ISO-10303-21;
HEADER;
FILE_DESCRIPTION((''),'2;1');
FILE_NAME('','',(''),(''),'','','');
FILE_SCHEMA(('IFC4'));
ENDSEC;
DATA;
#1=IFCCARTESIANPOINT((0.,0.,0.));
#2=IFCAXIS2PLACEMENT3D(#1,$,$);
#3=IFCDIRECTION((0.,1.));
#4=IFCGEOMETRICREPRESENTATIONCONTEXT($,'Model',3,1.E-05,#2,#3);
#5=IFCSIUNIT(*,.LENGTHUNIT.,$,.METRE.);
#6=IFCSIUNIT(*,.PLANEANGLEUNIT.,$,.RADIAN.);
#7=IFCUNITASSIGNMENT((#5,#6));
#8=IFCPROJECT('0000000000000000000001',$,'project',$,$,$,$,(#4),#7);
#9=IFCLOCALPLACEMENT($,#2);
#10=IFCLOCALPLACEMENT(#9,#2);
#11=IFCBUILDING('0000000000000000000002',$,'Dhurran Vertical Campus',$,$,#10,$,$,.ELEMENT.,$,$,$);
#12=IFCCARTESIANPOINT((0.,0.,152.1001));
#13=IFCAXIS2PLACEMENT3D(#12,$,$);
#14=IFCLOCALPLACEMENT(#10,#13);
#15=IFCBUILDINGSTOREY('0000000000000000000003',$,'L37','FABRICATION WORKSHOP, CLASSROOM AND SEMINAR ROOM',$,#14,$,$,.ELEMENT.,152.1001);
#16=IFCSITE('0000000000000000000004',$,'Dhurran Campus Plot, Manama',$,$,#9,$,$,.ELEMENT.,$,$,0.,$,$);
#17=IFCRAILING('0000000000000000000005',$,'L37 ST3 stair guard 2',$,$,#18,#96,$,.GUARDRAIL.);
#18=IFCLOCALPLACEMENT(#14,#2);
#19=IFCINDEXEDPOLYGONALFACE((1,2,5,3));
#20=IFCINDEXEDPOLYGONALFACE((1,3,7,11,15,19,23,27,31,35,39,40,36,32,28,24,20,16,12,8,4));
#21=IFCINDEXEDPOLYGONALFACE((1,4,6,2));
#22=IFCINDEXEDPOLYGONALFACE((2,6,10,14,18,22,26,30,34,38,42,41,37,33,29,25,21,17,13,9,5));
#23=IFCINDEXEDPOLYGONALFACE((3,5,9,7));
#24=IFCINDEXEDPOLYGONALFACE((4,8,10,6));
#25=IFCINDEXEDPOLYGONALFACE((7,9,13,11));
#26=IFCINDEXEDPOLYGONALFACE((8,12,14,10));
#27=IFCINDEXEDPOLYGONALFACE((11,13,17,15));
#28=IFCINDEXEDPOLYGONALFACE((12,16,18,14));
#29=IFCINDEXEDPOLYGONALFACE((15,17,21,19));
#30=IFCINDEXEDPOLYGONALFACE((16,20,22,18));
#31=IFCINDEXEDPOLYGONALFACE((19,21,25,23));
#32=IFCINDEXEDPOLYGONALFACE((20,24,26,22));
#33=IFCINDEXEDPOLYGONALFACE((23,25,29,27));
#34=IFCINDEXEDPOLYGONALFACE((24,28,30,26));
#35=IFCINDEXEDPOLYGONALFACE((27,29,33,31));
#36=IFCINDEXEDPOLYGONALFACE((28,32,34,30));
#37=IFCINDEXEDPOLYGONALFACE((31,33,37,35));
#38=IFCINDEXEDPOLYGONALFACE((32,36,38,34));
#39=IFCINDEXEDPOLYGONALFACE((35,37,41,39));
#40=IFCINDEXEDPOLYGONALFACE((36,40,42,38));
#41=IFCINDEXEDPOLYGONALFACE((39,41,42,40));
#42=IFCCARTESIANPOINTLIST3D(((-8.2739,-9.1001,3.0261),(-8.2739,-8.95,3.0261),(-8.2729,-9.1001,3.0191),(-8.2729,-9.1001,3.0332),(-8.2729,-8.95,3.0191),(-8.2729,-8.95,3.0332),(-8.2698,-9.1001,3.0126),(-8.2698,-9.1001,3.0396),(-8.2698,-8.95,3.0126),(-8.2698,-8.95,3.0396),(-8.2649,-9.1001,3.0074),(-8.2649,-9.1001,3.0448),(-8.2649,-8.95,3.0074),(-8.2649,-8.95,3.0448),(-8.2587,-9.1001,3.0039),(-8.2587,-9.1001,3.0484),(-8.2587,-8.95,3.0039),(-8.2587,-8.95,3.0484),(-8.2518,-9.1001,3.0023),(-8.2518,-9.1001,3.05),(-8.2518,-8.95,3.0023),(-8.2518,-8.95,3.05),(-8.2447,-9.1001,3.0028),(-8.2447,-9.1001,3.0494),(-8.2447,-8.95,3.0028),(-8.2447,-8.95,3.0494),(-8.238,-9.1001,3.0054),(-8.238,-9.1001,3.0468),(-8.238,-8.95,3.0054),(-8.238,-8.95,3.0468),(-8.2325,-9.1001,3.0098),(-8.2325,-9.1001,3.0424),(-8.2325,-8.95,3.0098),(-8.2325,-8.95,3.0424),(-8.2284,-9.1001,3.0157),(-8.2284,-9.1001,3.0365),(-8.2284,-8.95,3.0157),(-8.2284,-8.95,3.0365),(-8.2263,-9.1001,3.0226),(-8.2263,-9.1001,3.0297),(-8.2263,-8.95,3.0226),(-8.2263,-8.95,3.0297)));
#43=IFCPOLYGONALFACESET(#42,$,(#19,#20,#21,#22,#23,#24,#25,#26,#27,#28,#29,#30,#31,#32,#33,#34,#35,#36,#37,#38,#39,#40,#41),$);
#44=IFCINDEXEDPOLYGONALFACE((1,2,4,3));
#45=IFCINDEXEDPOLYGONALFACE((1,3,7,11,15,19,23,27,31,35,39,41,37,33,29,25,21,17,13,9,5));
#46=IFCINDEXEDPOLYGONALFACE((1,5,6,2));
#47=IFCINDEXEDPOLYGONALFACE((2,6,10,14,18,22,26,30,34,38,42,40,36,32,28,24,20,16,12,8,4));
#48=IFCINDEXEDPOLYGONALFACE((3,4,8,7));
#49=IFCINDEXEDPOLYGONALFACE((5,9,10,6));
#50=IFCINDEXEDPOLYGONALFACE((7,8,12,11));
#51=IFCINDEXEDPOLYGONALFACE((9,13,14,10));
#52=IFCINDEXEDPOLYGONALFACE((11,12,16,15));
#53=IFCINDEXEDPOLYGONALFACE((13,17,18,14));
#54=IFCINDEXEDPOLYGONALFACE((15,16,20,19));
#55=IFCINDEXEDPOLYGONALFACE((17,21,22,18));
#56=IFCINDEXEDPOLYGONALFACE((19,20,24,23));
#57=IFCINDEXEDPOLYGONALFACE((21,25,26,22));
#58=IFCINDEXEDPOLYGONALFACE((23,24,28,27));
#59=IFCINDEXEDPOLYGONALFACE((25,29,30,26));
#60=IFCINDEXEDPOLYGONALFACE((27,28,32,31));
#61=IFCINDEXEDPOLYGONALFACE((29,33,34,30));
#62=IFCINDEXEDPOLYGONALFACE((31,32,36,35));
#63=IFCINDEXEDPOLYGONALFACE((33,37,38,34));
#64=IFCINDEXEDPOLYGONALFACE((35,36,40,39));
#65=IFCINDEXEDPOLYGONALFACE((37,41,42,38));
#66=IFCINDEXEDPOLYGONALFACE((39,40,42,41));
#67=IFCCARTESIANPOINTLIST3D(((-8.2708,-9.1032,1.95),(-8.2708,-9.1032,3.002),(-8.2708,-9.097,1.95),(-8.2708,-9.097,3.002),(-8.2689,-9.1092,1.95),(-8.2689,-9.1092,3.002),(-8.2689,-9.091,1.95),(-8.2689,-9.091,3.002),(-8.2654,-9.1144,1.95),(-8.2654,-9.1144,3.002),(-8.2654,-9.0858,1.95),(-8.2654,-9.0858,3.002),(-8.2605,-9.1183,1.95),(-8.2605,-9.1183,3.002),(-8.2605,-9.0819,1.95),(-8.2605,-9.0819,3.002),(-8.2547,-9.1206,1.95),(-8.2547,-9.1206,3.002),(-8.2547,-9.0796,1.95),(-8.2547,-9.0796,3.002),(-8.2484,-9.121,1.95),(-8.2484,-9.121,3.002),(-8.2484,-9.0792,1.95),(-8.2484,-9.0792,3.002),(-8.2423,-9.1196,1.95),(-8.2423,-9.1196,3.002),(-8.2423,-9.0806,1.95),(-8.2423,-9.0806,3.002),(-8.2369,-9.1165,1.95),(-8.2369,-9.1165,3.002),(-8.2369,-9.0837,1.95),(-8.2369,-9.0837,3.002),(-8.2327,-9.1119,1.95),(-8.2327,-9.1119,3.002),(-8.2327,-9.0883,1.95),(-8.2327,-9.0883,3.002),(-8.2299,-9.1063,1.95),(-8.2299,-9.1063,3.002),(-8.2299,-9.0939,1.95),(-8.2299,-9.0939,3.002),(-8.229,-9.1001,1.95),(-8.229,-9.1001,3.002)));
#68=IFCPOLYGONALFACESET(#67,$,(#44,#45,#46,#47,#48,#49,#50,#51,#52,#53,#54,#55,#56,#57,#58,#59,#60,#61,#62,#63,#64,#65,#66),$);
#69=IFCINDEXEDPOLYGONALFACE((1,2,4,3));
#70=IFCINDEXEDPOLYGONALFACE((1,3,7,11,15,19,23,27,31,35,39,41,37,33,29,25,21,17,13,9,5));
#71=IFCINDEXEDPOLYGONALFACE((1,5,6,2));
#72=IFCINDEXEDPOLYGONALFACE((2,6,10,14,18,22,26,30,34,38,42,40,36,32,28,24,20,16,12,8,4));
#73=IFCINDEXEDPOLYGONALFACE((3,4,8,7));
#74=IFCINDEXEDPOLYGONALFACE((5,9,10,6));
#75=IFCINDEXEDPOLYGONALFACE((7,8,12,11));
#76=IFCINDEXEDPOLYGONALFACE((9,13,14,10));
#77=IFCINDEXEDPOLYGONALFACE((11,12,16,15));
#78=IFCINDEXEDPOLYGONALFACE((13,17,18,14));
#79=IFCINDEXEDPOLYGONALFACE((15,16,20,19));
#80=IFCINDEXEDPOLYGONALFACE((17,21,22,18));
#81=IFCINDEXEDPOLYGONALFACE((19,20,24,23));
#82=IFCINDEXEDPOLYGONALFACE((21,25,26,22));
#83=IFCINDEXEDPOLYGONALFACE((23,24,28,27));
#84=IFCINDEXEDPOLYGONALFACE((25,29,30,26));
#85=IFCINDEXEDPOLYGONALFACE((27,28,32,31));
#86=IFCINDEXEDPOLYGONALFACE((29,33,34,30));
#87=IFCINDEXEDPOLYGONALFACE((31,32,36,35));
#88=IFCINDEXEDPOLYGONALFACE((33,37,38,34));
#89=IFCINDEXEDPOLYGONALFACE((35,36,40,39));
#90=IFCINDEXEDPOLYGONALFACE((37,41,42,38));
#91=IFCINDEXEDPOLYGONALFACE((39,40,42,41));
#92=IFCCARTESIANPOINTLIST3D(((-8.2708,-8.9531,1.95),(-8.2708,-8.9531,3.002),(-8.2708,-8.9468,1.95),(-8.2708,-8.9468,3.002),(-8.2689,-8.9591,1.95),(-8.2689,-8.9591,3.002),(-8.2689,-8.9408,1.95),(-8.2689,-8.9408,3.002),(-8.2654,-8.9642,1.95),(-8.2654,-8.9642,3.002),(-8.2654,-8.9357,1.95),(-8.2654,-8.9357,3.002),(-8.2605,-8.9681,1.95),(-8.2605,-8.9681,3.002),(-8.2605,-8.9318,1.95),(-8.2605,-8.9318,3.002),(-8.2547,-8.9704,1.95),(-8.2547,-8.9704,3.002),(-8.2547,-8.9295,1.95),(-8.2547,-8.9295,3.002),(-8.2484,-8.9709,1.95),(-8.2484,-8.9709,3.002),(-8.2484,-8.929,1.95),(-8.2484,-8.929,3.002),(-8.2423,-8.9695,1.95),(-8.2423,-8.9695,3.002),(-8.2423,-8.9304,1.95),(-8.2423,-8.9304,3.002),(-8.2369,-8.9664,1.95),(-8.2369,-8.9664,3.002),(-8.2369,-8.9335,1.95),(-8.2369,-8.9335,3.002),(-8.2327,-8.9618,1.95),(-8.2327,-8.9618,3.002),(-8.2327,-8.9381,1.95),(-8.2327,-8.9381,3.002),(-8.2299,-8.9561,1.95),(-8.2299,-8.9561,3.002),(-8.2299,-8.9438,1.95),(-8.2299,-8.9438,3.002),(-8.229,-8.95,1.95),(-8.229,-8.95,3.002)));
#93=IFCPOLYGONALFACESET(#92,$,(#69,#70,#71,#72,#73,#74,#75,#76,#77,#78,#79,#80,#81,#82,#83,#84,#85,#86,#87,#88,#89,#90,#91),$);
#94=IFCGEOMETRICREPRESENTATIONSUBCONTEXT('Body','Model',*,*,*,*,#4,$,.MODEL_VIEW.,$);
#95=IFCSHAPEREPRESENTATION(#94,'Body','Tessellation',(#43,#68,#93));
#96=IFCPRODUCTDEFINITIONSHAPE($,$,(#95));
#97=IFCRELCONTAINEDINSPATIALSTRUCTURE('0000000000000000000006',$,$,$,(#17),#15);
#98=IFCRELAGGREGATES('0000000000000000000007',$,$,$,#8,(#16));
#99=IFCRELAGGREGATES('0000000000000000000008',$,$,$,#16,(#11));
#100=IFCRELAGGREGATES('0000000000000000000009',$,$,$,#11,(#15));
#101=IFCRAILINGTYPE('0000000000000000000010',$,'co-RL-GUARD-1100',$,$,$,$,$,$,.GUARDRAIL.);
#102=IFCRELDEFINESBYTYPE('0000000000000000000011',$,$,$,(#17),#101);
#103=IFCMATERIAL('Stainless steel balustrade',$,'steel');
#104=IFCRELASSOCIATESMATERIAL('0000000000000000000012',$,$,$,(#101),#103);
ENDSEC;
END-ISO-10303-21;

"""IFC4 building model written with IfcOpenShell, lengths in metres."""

from ifc_helpers import new_model, si_unit, direction, frame, origin, origin_2d, place, context, subcontext, project, spatial, circle, extrude, material, type_object, element, save


model = new_model("IFC4")

# Units and contexts
model_context = context("Model", 3, precision=1e-05, world=origin(), true_north=direction((0.0, 1.0)))
body_context = subcontext(model_context, "Body", "Model", "MODEL_VIEW")
ifc_project = project(units=[si_unit("LENGTHUNIT", "METRE"), si_unit("PLANEANGLEUNIT", "RADIAN")], contexts=[model_context])

# Site, building, storey
site_placement = place(None, origin())
site = spatial("IfcSite", under=ifc_project, at=site_placement, Name="Dhurran Campus Plot, Manama", CompositionType="ELEMENT", RefElevation=0.0)
building_placement = place(site_placement, origin())
building = spatial("IfcBuilding", under=site, at=building_placement, Name="Dhurran Vertical Campus", CompositionType="ELEMENT")
storey_placement = place(building_placement, frame((0.0, 0.0, 152.1001)))
storey = spatial("IfcBuildingStorey", under=building, at=storey_placement, Name="L37", Description="FABRICATION WORKSHOP, CLASSROOM AND SEMINAR ROOM", CompositionType="ELEMENT", Elevation=152.1001)

# Railing
ifc_material_1 = material(Name="Stainless steel balustrade", Category="steel")
railing_type_1 = type_object("IfcRailingType", Name="co-RL-GUARD-1100", PredefinedType="GUARDRAIL", material=ifc_material_1)
railing_1_placement = place(storey_placement, frame((-8.25, -9.1001, 1.95)))
element("IfcRailing", 1, at=railing_1_placement, inside=storey, type_object=railing_type_1, Name="L37 ST3 stair guard 2", PredefinedType="GUARDRAIL", context=body_context, shape_type="SweptSolid", body=[
    extrude(circle(Radius=0.0239, at=origin_2d()), frame((0.0, 0.0, 1.0762), z_axis=(0.0, 1.0, 0.0), x_axis=(-1.0, 0.0, 0.0)), (0.0, 0.0, 1.0), 0.1501),
    extrude(circle(Radius=0.021, at=origin_2d()), origin(), (0.0, 0.0, 1.0), 1.052),
    extrude(circle(Radius=0.021, at=origin_2d()), frame((0.0, 0.1501, 0.0)), (0.0, 0.0, 1.0), 1.052),
])

save(model, "model.ifc")
